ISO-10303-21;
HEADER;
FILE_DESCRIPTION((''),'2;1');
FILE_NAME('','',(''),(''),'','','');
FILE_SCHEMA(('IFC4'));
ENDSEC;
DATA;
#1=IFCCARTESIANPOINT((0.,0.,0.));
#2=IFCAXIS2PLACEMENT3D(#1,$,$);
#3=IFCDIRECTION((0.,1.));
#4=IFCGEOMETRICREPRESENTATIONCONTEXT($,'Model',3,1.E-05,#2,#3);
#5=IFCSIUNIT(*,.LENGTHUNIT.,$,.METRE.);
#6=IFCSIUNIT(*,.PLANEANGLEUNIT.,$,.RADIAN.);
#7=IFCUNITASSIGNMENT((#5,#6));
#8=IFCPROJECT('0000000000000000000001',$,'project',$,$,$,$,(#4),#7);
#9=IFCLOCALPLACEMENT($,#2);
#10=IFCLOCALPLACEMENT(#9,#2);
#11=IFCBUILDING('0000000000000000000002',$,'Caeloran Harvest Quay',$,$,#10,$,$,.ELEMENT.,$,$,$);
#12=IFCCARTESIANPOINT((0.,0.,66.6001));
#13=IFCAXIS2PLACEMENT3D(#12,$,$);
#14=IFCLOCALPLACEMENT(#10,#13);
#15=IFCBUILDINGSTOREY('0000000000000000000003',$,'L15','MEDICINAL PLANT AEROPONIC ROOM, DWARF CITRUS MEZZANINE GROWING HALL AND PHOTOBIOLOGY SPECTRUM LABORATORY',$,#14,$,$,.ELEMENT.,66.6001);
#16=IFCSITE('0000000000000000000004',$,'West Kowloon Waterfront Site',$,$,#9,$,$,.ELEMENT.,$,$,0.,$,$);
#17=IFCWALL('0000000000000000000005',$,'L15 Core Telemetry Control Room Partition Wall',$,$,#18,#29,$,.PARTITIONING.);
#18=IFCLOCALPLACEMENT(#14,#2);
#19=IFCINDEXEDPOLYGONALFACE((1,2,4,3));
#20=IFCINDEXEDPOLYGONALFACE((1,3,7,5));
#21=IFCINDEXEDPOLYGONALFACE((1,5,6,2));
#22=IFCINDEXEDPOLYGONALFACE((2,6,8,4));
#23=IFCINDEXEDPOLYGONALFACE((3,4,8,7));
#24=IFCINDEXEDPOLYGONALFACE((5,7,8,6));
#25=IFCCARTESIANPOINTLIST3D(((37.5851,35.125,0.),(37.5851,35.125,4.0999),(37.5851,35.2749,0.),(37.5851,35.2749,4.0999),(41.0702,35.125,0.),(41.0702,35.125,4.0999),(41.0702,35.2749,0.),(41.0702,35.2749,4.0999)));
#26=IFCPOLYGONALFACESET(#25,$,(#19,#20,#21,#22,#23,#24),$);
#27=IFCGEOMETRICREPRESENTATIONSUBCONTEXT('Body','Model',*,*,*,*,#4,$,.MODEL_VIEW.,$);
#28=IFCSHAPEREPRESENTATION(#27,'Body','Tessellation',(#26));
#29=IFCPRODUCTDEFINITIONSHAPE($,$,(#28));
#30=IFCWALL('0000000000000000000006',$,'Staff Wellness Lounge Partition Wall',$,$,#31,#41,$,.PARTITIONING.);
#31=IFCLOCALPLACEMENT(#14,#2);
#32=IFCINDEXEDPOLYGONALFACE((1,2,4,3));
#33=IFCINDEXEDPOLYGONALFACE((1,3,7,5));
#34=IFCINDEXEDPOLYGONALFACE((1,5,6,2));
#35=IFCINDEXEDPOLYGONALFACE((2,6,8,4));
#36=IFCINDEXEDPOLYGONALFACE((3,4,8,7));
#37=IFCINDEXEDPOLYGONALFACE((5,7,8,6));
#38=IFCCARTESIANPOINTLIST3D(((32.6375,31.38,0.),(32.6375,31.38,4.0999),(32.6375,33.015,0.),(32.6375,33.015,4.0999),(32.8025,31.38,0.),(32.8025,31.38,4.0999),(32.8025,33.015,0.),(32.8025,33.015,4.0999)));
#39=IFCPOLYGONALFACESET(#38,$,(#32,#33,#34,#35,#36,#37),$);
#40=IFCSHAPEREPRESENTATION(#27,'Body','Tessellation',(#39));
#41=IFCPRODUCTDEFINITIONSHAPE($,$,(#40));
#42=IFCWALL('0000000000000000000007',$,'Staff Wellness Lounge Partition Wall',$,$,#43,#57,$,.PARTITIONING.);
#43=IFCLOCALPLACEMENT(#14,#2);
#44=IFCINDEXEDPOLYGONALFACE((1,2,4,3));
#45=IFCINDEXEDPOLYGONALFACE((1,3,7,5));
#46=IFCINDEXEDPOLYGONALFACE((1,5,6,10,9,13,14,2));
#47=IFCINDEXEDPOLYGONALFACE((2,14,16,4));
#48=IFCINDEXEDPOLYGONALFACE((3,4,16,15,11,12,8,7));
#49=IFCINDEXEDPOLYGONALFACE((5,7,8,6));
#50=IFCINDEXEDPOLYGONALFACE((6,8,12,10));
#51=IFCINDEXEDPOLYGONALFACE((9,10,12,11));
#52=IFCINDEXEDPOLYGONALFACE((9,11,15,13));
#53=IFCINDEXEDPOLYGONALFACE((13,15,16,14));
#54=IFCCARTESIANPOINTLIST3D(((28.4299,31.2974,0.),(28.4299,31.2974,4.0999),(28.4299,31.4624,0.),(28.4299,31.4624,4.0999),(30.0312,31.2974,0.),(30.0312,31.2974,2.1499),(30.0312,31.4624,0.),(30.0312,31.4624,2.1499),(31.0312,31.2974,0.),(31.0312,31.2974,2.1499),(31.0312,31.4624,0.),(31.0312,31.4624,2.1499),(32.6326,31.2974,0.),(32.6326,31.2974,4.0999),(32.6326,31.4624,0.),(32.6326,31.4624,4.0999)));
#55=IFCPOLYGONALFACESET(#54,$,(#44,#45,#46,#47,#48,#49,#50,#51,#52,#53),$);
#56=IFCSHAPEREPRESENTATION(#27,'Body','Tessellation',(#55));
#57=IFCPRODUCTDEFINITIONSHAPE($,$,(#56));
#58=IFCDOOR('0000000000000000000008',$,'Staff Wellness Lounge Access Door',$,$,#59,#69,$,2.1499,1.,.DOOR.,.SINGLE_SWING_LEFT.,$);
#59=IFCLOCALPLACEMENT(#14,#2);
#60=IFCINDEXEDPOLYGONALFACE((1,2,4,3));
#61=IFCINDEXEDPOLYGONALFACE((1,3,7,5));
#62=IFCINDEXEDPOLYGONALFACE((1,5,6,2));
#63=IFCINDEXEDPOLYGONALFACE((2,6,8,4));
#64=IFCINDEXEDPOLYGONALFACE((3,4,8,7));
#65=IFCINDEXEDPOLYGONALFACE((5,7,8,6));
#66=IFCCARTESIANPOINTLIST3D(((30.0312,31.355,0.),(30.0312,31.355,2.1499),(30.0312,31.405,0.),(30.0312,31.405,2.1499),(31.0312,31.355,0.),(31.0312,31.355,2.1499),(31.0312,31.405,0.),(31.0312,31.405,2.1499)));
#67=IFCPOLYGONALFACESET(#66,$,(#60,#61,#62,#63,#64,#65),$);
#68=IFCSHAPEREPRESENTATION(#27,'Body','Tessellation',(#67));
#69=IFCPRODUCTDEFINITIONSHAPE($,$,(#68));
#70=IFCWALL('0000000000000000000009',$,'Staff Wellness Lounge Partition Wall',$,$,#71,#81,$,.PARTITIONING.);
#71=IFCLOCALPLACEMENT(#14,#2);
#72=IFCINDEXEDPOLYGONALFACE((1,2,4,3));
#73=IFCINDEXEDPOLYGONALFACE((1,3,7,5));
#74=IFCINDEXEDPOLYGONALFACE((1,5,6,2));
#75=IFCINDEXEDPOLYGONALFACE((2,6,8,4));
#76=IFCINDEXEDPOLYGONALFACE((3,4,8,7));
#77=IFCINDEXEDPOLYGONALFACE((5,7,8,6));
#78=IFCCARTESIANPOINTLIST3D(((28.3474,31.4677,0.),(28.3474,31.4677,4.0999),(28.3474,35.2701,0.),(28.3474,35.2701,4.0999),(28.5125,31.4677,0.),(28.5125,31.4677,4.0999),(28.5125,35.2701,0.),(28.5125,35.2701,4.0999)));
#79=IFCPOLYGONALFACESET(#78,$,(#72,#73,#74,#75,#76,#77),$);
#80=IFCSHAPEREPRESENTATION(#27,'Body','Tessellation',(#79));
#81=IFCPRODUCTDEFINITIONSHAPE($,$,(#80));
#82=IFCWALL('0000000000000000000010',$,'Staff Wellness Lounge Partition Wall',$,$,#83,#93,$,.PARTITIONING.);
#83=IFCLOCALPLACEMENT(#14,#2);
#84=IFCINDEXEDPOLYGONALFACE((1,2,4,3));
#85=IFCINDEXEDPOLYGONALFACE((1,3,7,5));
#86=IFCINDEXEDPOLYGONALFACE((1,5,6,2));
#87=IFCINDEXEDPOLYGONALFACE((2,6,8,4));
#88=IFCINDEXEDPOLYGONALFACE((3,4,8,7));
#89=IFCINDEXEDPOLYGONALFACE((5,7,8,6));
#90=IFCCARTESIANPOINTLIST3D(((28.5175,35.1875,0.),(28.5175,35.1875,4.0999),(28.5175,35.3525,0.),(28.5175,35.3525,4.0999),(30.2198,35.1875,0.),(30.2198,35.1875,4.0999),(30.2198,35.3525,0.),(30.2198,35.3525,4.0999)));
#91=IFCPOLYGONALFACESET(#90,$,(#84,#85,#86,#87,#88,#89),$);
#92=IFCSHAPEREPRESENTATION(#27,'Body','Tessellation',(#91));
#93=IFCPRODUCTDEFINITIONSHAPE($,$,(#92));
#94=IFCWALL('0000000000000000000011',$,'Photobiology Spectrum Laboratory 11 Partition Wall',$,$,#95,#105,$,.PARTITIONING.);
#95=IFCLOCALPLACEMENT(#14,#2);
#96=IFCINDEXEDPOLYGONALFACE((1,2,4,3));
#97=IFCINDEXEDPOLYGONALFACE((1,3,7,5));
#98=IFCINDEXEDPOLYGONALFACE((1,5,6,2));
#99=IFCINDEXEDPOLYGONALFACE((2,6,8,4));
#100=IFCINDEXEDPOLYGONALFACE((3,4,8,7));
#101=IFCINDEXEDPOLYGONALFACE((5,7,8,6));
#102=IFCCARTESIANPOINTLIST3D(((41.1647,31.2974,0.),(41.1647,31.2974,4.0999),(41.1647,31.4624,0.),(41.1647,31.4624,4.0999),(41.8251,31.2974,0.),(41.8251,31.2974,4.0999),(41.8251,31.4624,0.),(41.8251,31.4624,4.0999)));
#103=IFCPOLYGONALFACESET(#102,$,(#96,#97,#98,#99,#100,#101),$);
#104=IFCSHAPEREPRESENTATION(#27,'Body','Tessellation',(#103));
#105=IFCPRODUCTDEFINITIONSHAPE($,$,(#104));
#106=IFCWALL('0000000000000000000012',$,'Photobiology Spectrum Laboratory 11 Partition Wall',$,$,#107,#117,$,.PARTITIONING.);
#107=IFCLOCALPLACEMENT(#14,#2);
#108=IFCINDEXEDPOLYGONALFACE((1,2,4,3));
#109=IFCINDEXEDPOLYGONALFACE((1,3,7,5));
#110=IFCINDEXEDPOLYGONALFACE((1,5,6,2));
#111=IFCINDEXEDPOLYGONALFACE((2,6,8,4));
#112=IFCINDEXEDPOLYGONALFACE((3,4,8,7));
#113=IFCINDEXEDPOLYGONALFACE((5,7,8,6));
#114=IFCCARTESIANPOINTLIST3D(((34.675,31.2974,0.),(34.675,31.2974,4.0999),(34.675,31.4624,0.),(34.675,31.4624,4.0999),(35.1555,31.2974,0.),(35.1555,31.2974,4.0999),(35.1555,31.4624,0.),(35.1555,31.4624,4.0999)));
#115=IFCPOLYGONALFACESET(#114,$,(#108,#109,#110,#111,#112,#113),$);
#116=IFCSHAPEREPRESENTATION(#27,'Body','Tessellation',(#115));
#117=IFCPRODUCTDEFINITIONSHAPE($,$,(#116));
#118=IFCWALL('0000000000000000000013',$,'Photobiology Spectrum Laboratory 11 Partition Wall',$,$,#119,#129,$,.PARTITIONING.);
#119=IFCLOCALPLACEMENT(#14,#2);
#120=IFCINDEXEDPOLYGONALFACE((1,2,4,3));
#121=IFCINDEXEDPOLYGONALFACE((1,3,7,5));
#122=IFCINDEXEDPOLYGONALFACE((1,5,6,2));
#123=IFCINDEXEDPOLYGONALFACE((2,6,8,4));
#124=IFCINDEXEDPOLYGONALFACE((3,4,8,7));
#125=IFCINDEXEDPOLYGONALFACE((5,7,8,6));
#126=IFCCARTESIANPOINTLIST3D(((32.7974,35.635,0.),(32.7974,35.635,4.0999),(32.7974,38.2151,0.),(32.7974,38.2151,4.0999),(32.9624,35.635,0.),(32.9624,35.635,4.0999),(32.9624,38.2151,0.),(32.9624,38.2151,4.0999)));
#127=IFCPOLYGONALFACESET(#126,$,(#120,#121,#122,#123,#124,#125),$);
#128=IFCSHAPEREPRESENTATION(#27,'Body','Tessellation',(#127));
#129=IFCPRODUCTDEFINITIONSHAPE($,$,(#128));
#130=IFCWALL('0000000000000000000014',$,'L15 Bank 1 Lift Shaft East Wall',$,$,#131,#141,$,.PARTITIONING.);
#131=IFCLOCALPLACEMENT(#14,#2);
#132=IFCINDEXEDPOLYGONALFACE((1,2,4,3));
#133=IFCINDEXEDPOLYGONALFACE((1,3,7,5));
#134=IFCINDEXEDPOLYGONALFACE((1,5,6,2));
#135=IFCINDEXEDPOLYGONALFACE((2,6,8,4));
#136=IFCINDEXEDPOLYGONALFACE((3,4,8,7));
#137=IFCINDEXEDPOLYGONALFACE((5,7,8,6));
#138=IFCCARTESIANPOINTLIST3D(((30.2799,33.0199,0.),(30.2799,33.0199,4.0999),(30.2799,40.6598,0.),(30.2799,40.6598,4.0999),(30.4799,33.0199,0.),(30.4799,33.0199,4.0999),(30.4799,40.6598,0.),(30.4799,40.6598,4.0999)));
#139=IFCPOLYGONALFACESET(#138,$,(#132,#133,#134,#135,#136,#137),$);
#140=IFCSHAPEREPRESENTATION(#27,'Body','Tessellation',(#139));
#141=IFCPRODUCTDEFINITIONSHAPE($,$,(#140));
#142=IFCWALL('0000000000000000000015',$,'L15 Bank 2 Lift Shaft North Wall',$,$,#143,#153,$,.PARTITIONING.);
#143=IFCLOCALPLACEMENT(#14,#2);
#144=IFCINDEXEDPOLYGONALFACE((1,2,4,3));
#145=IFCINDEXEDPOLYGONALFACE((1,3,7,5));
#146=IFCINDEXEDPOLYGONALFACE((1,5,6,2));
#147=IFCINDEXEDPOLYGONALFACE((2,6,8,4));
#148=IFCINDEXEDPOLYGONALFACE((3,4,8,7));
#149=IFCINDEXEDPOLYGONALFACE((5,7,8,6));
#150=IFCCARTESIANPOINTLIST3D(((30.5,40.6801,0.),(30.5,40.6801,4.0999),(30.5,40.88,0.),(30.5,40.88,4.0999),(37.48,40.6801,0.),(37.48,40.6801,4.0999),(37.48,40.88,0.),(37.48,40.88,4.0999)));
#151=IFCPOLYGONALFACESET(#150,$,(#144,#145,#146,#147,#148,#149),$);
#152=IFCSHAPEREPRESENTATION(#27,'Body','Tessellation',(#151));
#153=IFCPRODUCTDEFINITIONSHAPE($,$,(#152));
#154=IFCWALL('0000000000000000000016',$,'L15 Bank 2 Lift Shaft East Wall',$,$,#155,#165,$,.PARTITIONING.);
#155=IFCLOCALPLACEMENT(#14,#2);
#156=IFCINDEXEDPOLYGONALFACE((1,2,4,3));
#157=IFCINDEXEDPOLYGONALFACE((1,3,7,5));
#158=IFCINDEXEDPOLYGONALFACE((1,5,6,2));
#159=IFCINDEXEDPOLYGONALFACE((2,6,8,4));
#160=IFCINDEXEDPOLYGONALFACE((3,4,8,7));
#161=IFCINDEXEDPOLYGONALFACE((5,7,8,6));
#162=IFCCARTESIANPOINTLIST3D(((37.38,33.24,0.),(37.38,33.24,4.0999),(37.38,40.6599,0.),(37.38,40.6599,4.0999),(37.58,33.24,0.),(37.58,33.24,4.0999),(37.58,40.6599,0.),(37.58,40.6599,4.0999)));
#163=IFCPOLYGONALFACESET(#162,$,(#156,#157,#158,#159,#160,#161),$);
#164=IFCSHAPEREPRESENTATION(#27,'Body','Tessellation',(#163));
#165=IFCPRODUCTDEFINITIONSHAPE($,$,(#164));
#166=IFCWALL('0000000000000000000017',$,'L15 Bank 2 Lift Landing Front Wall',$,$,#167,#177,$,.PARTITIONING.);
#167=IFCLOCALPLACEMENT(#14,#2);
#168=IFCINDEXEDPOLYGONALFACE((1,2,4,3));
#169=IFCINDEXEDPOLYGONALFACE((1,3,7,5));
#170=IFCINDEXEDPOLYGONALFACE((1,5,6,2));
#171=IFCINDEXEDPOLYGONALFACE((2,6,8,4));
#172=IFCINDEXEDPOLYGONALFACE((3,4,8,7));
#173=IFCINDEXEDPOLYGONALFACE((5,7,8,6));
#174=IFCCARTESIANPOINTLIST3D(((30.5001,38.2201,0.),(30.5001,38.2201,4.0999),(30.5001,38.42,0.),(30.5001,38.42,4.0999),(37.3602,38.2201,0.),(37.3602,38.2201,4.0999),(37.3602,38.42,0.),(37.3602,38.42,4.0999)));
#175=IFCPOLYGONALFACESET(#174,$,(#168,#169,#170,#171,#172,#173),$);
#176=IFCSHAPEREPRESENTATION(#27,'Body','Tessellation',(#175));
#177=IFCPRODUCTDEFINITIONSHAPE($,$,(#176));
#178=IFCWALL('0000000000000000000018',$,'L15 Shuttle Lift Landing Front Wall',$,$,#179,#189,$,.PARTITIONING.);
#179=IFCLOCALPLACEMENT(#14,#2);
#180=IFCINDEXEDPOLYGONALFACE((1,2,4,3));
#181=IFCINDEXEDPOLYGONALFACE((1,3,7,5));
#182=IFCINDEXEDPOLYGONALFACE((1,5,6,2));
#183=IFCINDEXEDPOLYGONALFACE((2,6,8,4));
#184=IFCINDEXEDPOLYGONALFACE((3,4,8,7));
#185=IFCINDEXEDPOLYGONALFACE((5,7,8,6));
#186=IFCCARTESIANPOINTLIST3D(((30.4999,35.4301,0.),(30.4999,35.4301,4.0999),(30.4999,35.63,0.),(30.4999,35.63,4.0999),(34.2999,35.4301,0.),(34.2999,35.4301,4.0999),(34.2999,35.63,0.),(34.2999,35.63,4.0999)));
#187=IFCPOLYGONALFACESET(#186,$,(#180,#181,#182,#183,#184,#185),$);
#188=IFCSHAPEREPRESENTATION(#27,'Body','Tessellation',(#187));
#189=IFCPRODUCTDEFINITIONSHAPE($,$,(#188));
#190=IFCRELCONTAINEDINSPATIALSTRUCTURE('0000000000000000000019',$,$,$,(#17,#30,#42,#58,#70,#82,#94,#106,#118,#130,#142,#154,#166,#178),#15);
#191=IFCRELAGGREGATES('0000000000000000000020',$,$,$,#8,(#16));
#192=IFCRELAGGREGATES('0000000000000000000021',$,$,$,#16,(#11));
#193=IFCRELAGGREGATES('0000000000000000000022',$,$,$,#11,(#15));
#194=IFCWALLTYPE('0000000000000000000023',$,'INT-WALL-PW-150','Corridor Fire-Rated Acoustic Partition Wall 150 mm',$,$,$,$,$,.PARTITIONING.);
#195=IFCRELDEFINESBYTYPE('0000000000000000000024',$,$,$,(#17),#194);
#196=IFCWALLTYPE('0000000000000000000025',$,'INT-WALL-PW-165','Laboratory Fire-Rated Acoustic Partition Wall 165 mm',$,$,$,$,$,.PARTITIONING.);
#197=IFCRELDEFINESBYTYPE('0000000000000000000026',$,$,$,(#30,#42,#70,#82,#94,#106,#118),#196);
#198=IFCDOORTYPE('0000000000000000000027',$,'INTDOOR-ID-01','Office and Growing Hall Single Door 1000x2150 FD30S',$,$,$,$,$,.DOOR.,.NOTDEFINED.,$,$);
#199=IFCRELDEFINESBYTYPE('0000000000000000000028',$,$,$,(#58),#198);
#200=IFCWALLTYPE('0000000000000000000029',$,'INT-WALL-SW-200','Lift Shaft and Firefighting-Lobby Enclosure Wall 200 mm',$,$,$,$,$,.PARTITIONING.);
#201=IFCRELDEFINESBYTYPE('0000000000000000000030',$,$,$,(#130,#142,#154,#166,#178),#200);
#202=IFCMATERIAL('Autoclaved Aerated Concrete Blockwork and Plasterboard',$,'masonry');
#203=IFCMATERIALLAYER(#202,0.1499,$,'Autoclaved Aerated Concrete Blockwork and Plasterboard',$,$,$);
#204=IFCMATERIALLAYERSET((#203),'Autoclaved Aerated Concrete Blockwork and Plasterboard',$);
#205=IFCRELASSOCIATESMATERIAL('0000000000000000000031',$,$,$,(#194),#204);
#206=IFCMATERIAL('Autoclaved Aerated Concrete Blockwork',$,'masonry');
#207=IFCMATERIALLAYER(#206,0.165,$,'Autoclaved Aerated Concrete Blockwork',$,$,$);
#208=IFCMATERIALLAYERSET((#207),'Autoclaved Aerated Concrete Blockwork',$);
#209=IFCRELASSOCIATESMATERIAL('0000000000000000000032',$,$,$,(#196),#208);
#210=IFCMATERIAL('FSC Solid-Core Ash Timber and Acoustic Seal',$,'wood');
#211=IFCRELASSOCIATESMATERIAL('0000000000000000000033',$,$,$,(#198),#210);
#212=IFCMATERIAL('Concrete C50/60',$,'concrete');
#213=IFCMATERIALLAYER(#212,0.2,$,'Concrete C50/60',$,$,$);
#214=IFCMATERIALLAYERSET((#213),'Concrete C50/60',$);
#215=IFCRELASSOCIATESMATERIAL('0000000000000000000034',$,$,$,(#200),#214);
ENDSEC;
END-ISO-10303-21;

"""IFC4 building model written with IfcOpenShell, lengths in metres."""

from ifc_helpers import new_model, si_unit, direction, frame, frame_2d, origin, place, context, subcontext, project, spatial, rectangle, extrude, material, layer, layer_set, type_object, element, fill, save


model = new_model("IFC4")

# Units and contexts
model_context = context("Model", 3, precision=1e-05, world=origin(), true_north=direction((0.0, 1.0)))
body_context = subcontext(model_context, "Body", "Model", "MODEL_VIEW")
ifc_project = project(units=[si_unit("LENGTHUNIT", "METRE"), si_unit("PLANEANGLEUNIT", "RADIAN")], contexts=[model_context])

# Site, building, storey
site_placement = place(None, origin())
site = spatial("IfcSite", under=ifc_project, at=site_placement, Name="West Kowloon Waterfront Site", CompositionType="ELEMENT", RefElevation=0.0)
building_placement = place(site_placement, origin())
building = spatial("IfcBuilding", under=site, at=building_placement, Name="Caeloran Harvest Quay", CompositionType="ELEMENT")
storey_placement = place(building_placement, frame((0.0, 0.0, 66.6001)))
storey = spatial("IfcBuildingStorey", under=building, at=storey_placement, Name="L15", Description="MEDICINAL PLANT AEROPONIC ROOM, DWARF CITRUS MEZZANINE GROWING HALL AND PHOTOBIOLOGY SPECTRUM LABORATORY", CompositionType="ELEMENT", Elevation=66.6001)

# Shared definitions
ifc_material_1 = material(Name="Autoclaved Aerated Concrete Blockwork and Plasterboard", Category="masonry")
ifc_layer_1 = layer(ifc_material_1, 0.1499, Name="Autoclaved Aerated Concrete Blockwork and Plasterboard")
ifc_layer_set_1 = layer_set([ifc_layer_1], Name="Autoclaved Aerated Concrete Blockwork and Plasterboard")
wall_type_1 = type_object("IfcWallType", Name="INT-WALL-PW-150", Description="Corridor Fire-Rated Acoustic Partition Wall 150 mm", PredefinedType="PARTITIONING", material=ifc_layer_set_1)

# Walls
wall_1_placement = place(storey_placement, frame((37.585, 35.2, 0.0), z_axis=(0.0, 0.0, 1.0), x_axis=(1.0, 0.0, 0.0)))
element("IfcWall", 1, at=wall_1_placement, inside=storey, type_object=wall_type_1, Name="L15 Core Telemetry Control Room Partition Wall", PredefinedType="PARTITIONING", context=body_context, shape_type="SweptSolid", body=[
    extrude(rectangle(XDim=3.4851, YDim=0.1499, at=frame_2d((1.7427, 0.0))), origin(), (0.0, 0.0, 1.0), 4.0999),
])
ifc_material_2 = material(Name="Autoclaved Aerated Concrete Blockwork", Category="masonry")
ifc_layer_2 = layer(ifc_material_2, 0.165, Name="Autoclaved Aerated Concrete Blockwork")
ifc_layer_set_2 = layer_set([ifc_layer_2], Name="Autoclaved Aerated Concrete Blockwork")
wall_type_2 = type_object("IfcWallType", Name="INT-WALL-PW-165", Description="Laboratory Fire-Rated Acoustic Partition Wall 165 mm", PredefinedType="PARTITIONING", material=ifc_layer_set_2)
wall_2_placement = place(storey_placement, frame((32.72, 33.0149, 0.0), z_axis=(0.0, 0.0, 1.0), x_axis=(0.0, -1.0, 0.0)))
element("IfcWall", 2, at=wall_2_placement, inside=storey, type_object=wall_type_2, Name="Staff Wellness Lounge Partition Wall", PredefinedType="PARTITIONING", context=body_context, shape_type="SweptSolid", body=[
    extrude(rectangle(XDim=1.635, YDim=0.165, at=frame_2d((0.8174, 0.0))), origin(), (0.0, 0.0, 1.0), 4.0999),
])

# Wall, opening, door
wall_3_placement = place(storey_placement, frame((32.6326, 31.3799, 0.0), z_axis=(0.0, 0.0, 1.0), x_axis=(-1.0, 0.0, 0.0)))
wall_3 = element("IfcWall", 3, at=wall_3_placement, inside=storey, type_object=wall_type_2, Name="Staff Wellness Lounge Partition Wall", PredefinedType="PARTITIONING", context=body_context, shape_type="SweptSolid", body=[
    extrude(rectangle(XDim=4.2026, YDim=0.165, at=frame_2d((2.1013, 0.0))), origin(), (0.0, 0.0, 1.0), 4.0999),
])
opening_1_placement = place(wall_3_placement, frame((1.6013, 0.0, 0.0)))
opening_1 = element("IfcOpeningElement", 4, at=opening_1_placement, cuts=wall_3, PredefinedType="OPENING", context=body_context, shape_type="SweptSolid", body=[
    extrude(rectangle(XDim=1.0, YDim=2.1499, at=frame_2d((0.5, 1.075))), frame((0.0, 0.0925, 0.0), z_axis=(0.0, -1.0, 0.0), x_axis=(1.0, 0.0, 0.0)), (0.0, 0.0, 1.0), 0.1851),
])
ifc_material_3 = material(Name="FSC Solid-Core Ash Timber and Acoustic Seal", Category="wood")
door_type_1 = type_object("IfcDoorType", Name="INTDOOR-ID-01", Description="Office and Growing Hall Single Door 1000x2150 FD30S", OperationType="NOTDEFINED", PredefinedType="DOOR", material=ifc_material_3)
door_1_placement = place(opening_1_placement, origin())
door_1 = element("IfcDoor", 5, at=door_1_placement, inside=storey, type_object=door_type_1, Name="Staff Wellness Lounge Access Door", OperationType="SINGLE_SWING_LEFT", OverallHeight=2.1499, OverallWidth=1.0, PredefinedType="DOOR", context=body_context, shape_type="SweptSolid", body=[
    extrude(rectangle(XDim=1.0, YDim=2.1499, at=frame_2d((0.5, 1.075))), frame((0.0, 0.0249, 0.0), z_axis=(0.0, -1.0, 0.0), x_axis=(1.0, 0.0, 0.0)), (0.0, 0.0, 1.0), 0.05),
])
fill(opening_1, door_1)

# Walls
wall_4_placement = place(storey_placement, frame((28.4299, 31.4675, 0.0), z_axis=(0.0, 0.0, 1.0), x_axis=(0.0, 1.0, 0.0)))
element("IfcWall", 6, at=wall_4_placement, inside=storey, type_object=wall_type_2, Name="Staff Wellness Lounge Partition Wall", PredefinedType="PARTITIONING", context=body_context, shape_type="SweptSolid", body=[
    extrude(rectangle(XDim=3.8025, YDim=0.165, at=frame_2d((1.9014, 0.0))), origin(), (0.0, 0.0, 1.0), 4.0999),
])
wall_5_placement = place(storey_placement, frame((28.5176, 35.27, 0.0), z_axis=(0.0, 0.0, 1.0), x_axis=(1.0, 0.0, 0.0)))
element("IfcWall", 7, at=wall_5_placement, inside=storey, type_object=wall_type_2, Name="Staff Wellness Lounge Partition Wall", PredefinedType="PARTITIONING", context=body_context, shape_type="SweptSolid", body=[
    extrude(rectangle(XDim=1.7024, YDim=0.165, at=frame_2d((0.8511, 0.0))), origin(), (0.0, 0.0, 1.0), 4.0999),
])

# Walls
wall_6_placement = place(storey_placement, frame((41.825, 31.3799, 0.0), z_axis=(0.0, 0.0, 1.0), x_axis=(-1.0, 0.0, 0.0)))
element("IfcWall", 8, at=wall_6_placement, inside=storey, type_object=wall_type_2, Name="Photobiology Spectrum Laboratory 11 Partition Wall", PredefinedType="PARTITIONING", context=body_context, shape_type="SweptSolid", body=[
    extrude(rectangle(XDim=0.6604, YDim=0.165, at=frame_2d((0.3301, 0.0))), origin(), (0.0, 0.0, 1.0), 4.0999),
])
wall_7_placement = place(storey_placement, frame((35.1555, 31.3799, 0.0), z_axis=(0.0, 0.0, 1.0), x_axis=(-1.0, 0.0, 0.0)))
element("IfcWall", 9, at=wall_7_placement, inside=storey, type_object=wall_type_2, Name="Photobiology Spectrum Laboratory 11 Partition Wall", PredefinedType="PARTITIONING", context=body_context, shape_type="SweptSolid", body=[
    extrude(rectangle(XDim=0.4805, YDim=0.165, at=frame_2d((0.2402, 0.0))), origin(), (0.0, 0.0, 1.0), 4.0999),
])
wall_8_placement = place(storey_placement, frame((32.8799, 35.635, 0.0), z_axis=(0.0, 0.0, 1.0), x_axis=(0.0, 1.0, 0.0)))
element("IfcWall", 10, at=wall_8_placement, inside=storey, type_object=wall_type_2, Name="Photobiology Spectrum Laboratory 11 Partition Wall", PredefinedType="PARTITIONING", context=body_context, shape_type="SweptSolid", body=[
    extrude(rectangle(XDim=2.5801, YDim=0.165, at=frame_2d((1.29, 0.0))), origin(), (0.0, 0.0, 1.0), 4.0999),
])
ifc_material_4 = material(Name="Concrete C50/60", Category="concrete")
ifc_layer_3 = layer(ifc_material_4, 0.2, Name="Concrete C50/60")
ifc_layer_set_3 = layer_set([ifc_layer_3], Name="Concrete C50/60")
wall_type_3 = type_object("IfcWallType", Name="INT-WALL-SW-200", Description="Lift Shaft and Firefighting-Lobby Enclosure Wall 200 mm", PredefinedType="PARTITIONING", material=ifc_layer_set_3)
wall_9_placement = place(storey_placement, frame((30.3799, 33.02, 0.0), z_axis=(0.0, 0.0, 1.0), x_axis=(0.0, 1.0, 0.0)))
element("IfcWall", 11, at=wall_9_placement, inside=storey, type_object=wall_type_3, Name="L15 Bank 1 Lift Shaft East Wall", PredefinedType="PARTITIONING", context=body_context, shape_type="SweptSolid", body=[
    extrude(rectangle(XDim=7.6399, YDim=0.2, at=frame_2d((3.8198, 0.0))), origin(), (0.0, 0.0, 1.0), 4.0999),
])
wall_10_placement = place(storey_placement, frame((30.5, 40.78, 0.0), z_axis=(0.0, 0.0, 1.0), x_axis=(1.0, 0.0, 0.0)))
element("IfcWall", 12, at=wall_10_placement, inside=storey, type_object=wall_type_3, Name="L15 Bank 2 Lift Shaft North Wall", PredefinedType="PARTITIONING", context=body_context, shape_type="SweptSolid", body=[
    extrude(rectangle(XDim=6.98, YDim=0.2, at=frame_2d((3.49, 0.0))), origin(), (0.0, 0.0, 1.0), 4.0999),
])
wall_11_placement = place(storey_placement, frame((37.48, 33.24, 0.0), z_axis=(0.0, 0.0, 1.0), x_axis=(0.0, 1.0, 0.0)))
element("IfcWall", 13, at=wall_11_placement, inside=storey, type_object=wall_type_3, Name="L15 Bank 2 Lift Shaft East Wall", PredefinedType="PARTITIONING", context=body_context, shape_type="SweptSolid", body=[
    extrude(rectangle(XDim=7.4199, YDim=0.2, at=frame_2d((3.71, 0.0))), origin(), (0.0, 0.0, 1.0), 4.0999),
])
wall_12_placement = place(storey_placement, frame((30.5, 38.3201, 0.0), z_axis=(0.0, 0.0, 1.0), x_axis=(1.0, 0.0, 0.0)))
element("IfcWall", 14, at=wall_12_placement, inside=storey, type_object=wall_type_3, Name="L15 Bank 2 Lift Landing Front Wall", PredefinedType="PARTITIONING", context=body_context, shape_type="SweptSolid", body=[
    extrude(rectangle(XDim=6.8601, YDim=0.2, at=frame_2d((3.4302, 0.0))), origin(), (0.0, 0.0, 1.0), 4.0999),
])
for number, where, z_axis, x_axis, name in (
    (15, (30.5, 35.53, 0.0), (0.0, 0.0, 1.0), (1.0, 0.0, 0.0), "L15 Shuttle Lift Landing Front Wall"),
):
    element("IfcWall", number, at=place(storey_placement, frame(where, z_axis=z_axis, x_axis=x_axis)), inside=storey, type_object=wall_type_3, Name=name, PredefinedType="PARTITIONING", context=body_context, shape_type="SweptSolid", body=[
        extrude(rectangle(XDim=3.8, YDim=0.2, at=frame_2d((1.8999, 0.0))), origin(), (0.0, 0.0, 1.0), 4.0999),
    ])

save(model, "model.ifc")
